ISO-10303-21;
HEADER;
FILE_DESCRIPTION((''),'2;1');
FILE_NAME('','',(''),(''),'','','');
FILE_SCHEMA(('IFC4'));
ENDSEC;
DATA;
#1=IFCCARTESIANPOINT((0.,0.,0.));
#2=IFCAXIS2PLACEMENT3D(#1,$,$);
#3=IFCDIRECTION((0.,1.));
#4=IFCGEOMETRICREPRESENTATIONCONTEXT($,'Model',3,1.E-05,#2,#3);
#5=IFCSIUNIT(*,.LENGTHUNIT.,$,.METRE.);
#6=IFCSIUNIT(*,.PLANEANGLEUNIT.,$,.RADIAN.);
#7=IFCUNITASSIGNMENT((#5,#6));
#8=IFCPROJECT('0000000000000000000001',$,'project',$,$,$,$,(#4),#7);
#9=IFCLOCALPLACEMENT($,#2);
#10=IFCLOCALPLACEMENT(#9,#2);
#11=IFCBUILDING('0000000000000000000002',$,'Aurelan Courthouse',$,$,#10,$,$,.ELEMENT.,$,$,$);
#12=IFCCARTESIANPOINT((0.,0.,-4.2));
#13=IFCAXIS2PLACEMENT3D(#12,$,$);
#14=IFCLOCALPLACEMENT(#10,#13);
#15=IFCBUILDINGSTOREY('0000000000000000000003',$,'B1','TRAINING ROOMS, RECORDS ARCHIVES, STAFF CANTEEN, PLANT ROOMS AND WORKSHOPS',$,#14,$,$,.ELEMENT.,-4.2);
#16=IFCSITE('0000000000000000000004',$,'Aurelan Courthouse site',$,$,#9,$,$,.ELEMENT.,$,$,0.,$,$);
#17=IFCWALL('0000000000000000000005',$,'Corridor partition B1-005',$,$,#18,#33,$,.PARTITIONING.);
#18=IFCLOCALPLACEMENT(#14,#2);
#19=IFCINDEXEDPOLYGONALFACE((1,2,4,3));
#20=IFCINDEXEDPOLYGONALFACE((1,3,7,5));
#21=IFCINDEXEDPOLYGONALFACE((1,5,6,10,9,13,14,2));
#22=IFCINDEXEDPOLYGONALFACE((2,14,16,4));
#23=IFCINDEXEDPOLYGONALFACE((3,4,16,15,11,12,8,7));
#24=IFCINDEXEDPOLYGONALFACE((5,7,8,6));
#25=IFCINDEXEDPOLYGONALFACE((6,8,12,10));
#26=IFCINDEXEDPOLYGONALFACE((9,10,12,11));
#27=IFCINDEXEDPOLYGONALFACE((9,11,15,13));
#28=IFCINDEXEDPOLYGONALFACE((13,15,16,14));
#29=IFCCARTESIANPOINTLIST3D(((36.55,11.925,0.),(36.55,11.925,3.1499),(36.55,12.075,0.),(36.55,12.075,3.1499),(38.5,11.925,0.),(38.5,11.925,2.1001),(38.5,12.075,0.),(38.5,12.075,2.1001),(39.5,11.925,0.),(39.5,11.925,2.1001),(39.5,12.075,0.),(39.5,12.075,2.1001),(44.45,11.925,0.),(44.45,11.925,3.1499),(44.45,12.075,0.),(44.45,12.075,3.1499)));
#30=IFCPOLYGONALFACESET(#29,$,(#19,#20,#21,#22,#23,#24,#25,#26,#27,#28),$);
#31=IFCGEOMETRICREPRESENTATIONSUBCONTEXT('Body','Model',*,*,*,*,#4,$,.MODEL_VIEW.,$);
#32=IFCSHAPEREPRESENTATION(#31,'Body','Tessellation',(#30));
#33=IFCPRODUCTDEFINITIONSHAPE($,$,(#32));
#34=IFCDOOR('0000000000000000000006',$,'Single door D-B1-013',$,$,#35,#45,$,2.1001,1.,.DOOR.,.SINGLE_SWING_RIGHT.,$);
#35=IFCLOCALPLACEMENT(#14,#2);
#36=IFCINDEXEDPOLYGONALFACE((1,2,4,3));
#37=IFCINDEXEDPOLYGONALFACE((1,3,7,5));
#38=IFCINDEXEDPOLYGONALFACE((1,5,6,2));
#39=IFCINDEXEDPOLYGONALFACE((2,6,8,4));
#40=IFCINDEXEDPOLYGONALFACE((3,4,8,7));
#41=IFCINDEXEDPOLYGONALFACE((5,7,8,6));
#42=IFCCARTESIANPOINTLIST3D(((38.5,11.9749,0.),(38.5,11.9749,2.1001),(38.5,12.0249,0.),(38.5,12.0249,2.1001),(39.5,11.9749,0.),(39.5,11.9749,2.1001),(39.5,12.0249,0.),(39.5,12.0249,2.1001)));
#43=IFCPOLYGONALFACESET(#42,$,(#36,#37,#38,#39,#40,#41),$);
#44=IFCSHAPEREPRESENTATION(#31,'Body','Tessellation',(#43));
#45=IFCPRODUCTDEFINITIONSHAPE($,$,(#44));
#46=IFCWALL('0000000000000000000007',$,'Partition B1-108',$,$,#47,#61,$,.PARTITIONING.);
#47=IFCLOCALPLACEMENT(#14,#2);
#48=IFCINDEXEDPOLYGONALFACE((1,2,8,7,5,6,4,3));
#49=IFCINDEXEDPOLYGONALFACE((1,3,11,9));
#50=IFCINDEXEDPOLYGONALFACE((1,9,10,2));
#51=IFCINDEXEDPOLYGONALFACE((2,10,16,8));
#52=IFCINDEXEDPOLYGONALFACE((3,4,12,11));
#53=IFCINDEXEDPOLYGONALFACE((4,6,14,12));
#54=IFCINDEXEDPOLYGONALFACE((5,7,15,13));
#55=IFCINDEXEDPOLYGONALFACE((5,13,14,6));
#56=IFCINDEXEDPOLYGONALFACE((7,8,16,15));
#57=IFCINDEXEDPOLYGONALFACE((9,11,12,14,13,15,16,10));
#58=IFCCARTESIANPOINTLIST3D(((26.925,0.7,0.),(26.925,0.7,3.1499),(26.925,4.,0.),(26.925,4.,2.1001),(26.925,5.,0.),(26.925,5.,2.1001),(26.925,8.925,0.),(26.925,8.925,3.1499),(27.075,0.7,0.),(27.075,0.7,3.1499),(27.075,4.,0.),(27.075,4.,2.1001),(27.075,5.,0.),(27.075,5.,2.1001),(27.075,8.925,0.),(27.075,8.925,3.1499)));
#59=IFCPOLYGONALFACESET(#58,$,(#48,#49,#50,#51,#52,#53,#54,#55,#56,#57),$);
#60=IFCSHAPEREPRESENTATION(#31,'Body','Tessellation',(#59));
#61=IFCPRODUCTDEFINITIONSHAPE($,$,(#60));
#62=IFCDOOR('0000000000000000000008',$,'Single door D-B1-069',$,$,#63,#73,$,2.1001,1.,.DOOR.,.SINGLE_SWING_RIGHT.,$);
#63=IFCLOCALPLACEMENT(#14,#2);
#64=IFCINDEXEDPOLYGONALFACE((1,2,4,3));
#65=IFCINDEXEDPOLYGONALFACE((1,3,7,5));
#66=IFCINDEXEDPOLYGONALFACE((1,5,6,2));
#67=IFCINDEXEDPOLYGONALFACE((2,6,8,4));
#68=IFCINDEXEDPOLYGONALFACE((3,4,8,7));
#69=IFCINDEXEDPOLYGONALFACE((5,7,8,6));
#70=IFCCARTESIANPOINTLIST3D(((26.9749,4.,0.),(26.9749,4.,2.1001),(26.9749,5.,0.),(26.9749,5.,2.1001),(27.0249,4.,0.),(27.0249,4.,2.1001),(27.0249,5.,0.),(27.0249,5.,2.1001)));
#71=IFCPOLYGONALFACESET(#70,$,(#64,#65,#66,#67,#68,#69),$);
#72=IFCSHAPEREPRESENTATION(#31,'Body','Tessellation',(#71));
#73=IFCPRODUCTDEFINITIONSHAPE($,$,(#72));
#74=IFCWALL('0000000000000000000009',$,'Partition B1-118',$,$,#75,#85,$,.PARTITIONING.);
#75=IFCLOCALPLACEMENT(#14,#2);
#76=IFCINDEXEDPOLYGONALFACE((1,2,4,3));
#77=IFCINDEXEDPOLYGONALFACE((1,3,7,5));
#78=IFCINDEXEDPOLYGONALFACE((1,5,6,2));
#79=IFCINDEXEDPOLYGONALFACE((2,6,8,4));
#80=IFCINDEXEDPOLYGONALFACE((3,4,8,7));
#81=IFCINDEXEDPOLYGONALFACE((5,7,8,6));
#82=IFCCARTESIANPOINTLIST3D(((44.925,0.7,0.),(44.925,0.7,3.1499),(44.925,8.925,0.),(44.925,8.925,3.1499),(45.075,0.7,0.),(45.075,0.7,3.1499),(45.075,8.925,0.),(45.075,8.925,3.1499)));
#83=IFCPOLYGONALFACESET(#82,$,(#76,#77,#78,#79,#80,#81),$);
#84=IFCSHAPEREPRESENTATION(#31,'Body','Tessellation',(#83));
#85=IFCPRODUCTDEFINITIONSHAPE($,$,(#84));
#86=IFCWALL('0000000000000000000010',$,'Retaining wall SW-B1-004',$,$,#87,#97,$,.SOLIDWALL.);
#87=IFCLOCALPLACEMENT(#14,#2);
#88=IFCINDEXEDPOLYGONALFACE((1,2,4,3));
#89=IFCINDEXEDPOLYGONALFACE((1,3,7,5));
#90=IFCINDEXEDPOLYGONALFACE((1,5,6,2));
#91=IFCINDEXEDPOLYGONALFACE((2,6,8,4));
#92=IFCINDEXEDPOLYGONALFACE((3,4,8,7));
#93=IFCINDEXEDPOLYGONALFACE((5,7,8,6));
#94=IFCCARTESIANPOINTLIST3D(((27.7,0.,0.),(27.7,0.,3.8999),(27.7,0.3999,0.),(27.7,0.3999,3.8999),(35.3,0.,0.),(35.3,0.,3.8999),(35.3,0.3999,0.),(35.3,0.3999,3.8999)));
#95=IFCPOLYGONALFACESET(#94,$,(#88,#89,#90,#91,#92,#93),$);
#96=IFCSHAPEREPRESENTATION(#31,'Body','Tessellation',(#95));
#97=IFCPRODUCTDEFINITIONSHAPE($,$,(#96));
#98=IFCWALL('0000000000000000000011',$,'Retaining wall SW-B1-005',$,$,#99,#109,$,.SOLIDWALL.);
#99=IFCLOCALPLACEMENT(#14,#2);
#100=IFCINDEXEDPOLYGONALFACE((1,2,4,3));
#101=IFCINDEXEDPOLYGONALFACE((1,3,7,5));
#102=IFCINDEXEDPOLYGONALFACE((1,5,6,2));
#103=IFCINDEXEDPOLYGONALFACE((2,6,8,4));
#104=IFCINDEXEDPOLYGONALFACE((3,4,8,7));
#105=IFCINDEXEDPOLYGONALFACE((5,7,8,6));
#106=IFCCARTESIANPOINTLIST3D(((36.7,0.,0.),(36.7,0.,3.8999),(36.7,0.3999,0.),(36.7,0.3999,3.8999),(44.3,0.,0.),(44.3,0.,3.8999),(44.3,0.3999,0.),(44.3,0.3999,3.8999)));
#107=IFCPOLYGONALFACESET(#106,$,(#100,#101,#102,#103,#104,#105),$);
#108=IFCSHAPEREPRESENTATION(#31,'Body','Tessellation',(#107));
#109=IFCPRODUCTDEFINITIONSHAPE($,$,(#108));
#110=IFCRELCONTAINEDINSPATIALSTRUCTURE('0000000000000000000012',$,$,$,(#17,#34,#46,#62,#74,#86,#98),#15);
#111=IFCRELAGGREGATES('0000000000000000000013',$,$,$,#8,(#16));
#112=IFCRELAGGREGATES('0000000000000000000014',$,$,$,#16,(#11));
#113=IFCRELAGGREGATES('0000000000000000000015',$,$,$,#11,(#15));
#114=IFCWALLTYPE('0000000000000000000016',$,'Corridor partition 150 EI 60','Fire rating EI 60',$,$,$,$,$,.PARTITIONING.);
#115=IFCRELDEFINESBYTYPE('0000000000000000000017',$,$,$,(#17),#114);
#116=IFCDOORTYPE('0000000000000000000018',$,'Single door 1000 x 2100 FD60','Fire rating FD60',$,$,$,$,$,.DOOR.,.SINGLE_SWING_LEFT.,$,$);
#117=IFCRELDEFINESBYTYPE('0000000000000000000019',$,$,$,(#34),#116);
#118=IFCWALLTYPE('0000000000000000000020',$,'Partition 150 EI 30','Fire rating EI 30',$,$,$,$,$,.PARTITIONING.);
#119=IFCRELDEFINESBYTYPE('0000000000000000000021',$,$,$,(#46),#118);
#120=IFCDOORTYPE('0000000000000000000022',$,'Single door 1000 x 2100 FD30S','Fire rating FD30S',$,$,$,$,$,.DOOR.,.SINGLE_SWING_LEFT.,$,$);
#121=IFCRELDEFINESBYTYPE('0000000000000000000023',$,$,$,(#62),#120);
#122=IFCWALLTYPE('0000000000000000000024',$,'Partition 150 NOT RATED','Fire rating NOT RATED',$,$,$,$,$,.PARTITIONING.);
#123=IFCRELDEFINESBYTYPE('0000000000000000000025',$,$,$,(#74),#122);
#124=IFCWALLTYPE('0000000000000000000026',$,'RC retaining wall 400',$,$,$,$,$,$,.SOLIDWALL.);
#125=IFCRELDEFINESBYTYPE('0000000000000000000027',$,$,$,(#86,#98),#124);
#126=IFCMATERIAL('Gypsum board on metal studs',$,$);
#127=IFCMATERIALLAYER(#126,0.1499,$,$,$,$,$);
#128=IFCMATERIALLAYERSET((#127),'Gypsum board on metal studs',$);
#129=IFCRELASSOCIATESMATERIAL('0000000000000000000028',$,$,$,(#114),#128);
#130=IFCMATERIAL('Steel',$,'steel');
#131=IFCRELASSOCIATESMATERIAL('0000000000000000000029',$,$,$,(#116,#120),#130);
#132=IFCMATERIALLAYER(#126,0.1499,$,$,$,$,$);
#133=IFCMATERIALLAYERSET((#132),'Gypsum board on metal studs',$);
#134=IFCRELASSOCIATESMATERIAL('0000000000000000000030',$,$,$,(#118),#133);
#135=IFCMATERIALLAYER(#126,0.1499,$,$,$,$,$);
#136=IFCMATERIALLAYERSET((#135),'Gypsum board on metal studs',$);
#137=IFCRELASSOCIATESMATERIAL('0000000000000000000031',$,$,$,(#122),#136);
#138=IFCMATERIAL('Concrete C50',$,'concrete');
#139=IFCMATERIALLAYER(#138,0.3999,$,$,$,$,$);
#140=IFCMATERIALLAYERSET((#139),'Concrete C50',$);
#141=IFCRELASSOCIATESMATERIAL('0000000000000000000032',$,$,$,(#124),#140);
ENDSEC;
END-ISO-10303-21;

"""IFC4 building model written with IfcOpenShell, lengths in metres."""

from ifc_helpers import new_model, si_unit, direction, frame, frame_2d, origin, place, context, subcontext, project, spatial, rectangle, extrude, material, layer, layer_set, type_object, element, fill, save


model = new_model("IFC4")

# Units and contexts
model_context = context("Model", 3, precision=1e-05, world=origin(), true_north=direction((0.0, 1.0)))
body_context = subcontext(model_context, "Body", "Model", "MODEL_VIEW")
ifc_project = project(units=[si_unit("LENGTHUNIT", "METRE"), si_unit("PLANEANGLEUNIT", "RADIAN")], contexts=[model_context])

# Site, building, storey
site_placement = place(None, origin())
site = spatial("IfcSite", under=ifc_project, at=site_placement, Name="Aurelan Courthouse site", CompositionType="ELEMENT", RefElevation=0.0)
building_placement = place(site_placement, origin())
building = spatial("IfcBuilding", under=site, at=building_placement, Name="Aurelan Courthouse", CompositionType="ELEMENT")
storey_placement = place(building_placement, frame((0.0, 0.0, -4.2)))
storey = spatial("IfcBuildingStorey", under=building, at=storey_placement, Name="B1", Description="TRAINING ROOMS, RECORDS ARCHIVES, STAFF CANTEEN, PLANT ROOMS AND WORKSHOPS", CompositionType="ELEMENT", Elevation=-4.2)

# Shared definitions
ifc_material_1 = material(Name="Concrete C50", Category="concrete")

# Walls, openings, doors
ifc_material_2 = material(Name="Gypsum board on metal studs")
ifc_layer_1 = layer(ifc_material_2, 0.1499)
ifc_layer_set_1 = layer_set([ifc_layer_1], Name="Gypsum board on metal studs")
wall_type_1 = type_object("IfcWallType", Name="Corridor partition 150 EI 60", Description="Fire rating EI 60", PredefinedType="PARTITIONING", material=ifc_layer_set_1)
ifc_material_3 = material(Name="Steel", Category="steel")
wall_1_placement = place(storey_placement, frame((36.55, 12.0, 0.0), z_axis=(0.0, 0.0, 1.0), x_axis=(1.0, 0.0, 0.0)))
wall_1 = element("IfcWall", 1, at=wall_1_placement, inside=storey, type_object=wall_type_1, Name="Corridor partition B1-005", PredefinedType="PARTITIONING", context=body_context, shape_type="SweptSolid", body=[
    extrude(rectangle(XDim=7.8999, YDim=0.1499, at=frame_2d((3.95, 0.0))), origin(), (0.0, 0.0, 1.0), 3.1499),
])
opening_1_placement = place(wall_1_placement, frame((1.95, 0.0, 0.0)))
opening_1 = element("IfcOpeningElement", 2, at=opening_1_placement, cuts=wall_1, PredefinedType="OPENING", context=body_context, shape_type="SweptSolid", body=[
    extrude(rectangle(XDim=1.0, YDim=2.1001, at=frame_2d((0.5, 1.05))), frame((0.0, 0.085, 0.0), z_axis=(0.0, -1.0, 0.0), x_axis=(1.0, 0.0, 0.0)), (0.0, 0.0, 1.0), 0.1699),
])
door_type_1 = type_object("IfcDoorType", Name="Single door 1000 x 2100 FD60", Description="Fire rating FD60", OperationType="SINGLE_SWING_LEFT", PredefinedType="DOOR", material=ifc_material_3)
door_1_placement = place(opening_1_placement, origin())
door_1 = element("IfcDoor", 3, at=door_1_placement, inside=storey, type_object=door_type_1, Name="Single door D-B1-013", OperationType="SINGLE_SWING_RIGHT", OverallHeight=2.1001, OverallWidth=1.0, PredefinedType="DOOR", context=body_context, shape_type="SweptSolid", body=[
    extrude(rectangle(XDim=1.0, YDim=2.1001, at=frame_2d((0.5, 1.05))), frame((0.0, 0.0249, 0.0), z_axis=(0.0, -1.0, 0.0), x_axis=(1.0, 0.0, 0.0)), (0.0, 0.0, 1.0), 0.05),
])
fill(opening_1, door_1)
ifc_layer_2 = layer(ifc_material_2, 0.1499)
ifc_layer_set_2 = layer_set([ifc_layer_2], Name="Gypsum board on metal studs")
wall_type_2 = type_object("IfcWallType", Name="Partition 150 EI 30", Description="Fire rating EI 30", PredefinedType="PARTITIONING", material=ifc_layer_set_2)
wall_2_placement = place(storey_placement, frame((27.0, 0.7, 0.0), z_axis=(0.0, 0.0, 1.0), x_axis=(0.0, 1.0, 0.0)))
wall_2 = element("IfcWall", 4, at=wall_2_placement, inside=storey, type_object=wall_type_2, Name="Partition B1-108", PredefinedType="PARTITIONING", context=body_context, shape_type="SweptSolid", body=[
    extrude(rectangle(XDim=8.2251, YDim=0.1499, at=frame_2d((4.1125, 0.0))), origin(), (0.0, 0.0, 1.0), 3.1499),
])
opening_2_placement = place(wall_2_placement, frame((4.3, 0.0, 0.0), z_axis=(0.0, 0.0, 1.0), x_axis=(-1.0, 0.0, 0.0)))
opening_2 = element("IfcOpeningElement", 5, at=opening_2_placement, cuts=wall_2, PredefinedType="OPENING", context=body_context, shape_type="SweptSolid", body=[
    extrude(rectangle(XDim=1.0, YDim=2.1001, at=frame_2d((0.5, 1.05))), frame((0.0, 0.085, 0.0), z_axis=(0.0, -1.0, 0.0), x_axis=(1.0, 0.0, 0.0)), (0.0, 0.0, 1.0), 0.1699),
])
door_type_2 = type_object("IfcDoorType", Name="Single door 1000 x 2100 FD30S", Description="Fire rating FD30S", OperationType="SINGLE_SWING_LEFT", PredefinedType="DOOR", material=ifc_material_3)
door_2_placement = place(opening_2_placement, origin())
door_2 = element("IfcDoor", 6, at=door_2_placement, inside=storey, type_object=door_type_2, Name="Single door D-B1-069", OperationType="SINGLE_SWING_RIGHT", OverallHeight=2.1001, OverallWidth=1.0, PredefinedType="DOOR", context=body_context, shape_type="SweptSolid", body=[
    extrude(rectangle(XDim=1.0, YDim=2.1001, at=frame_2d((0.5, 1.05))), frame((0.0, 0.0249, 0.0), z_axis=(0.0, -1.0, 0.0), x_axis=(1.0, 0.0, 0.0)), (0.0, 0.0, 1.0), 0.05),
])
fill(opening_2, door_2)

# Walls
ifc_layer_3 = layer(ifc_material_2, 0.1499)
ifc_layer_set_3 = layer_set([ifc_layer_3], Name="Gypsum board on metal studs")
wall_type_3 = type_object("IfcWallType", Name="Partition 150 NOT RATED", Description="Fire rating NOT RATED", PredefinedType="PARTITIONING", material=ifc_layer_set_3)
wall_3_placement = place(storey_placement, frame((45.0, 0.7, 0.0), z_axis=(0.0, 0.0, 1.0), x_axis=(0.0, 1.0, 0.0)))
element("IfcWall", 7, at=wall_3_placement, inside=storey, type_object=wall_type_3, Name="Partition B1-118", PredefinedType="PARTITIONING", context=body_context, shape_type="SweptSolid", body=[
    extrude(rectangle(XDim=8.2251, YDim=0.1499, at=frame_2d((4.1125, 0.0))), origin(), (0.0, 0.0, 1.0), 3.1499),
])
ifc_layer_4 = layer(ifc_material_1, 0.3999)
ifc_layer_set_4 = layer_set([ifc_layer_4], Name="Concrete C50")
wall_type_4 = type_object("IfcWallType", Name="RC retaining wall 400", PredefinedType="SOLIDWALL", material=ifc_layer_set_4)
for number, where, z_axis, x_axis, name in (
    (8, (27.7, 0.2, 0.0), (0.0, 0.0, 1.0), (1.0, 0.0, 0.0), "Retaining wall SW-B1-004"),
    (9, (36.7, 0.2, 0.0), (0.0, 0.0, 1.0), (1.0, 0.0, 0.0), "Retaining wall SW-B1-005"),
):
    element("IfcWall", number, at=place(storey_placement, frame(where, z_axis=z_axis, x_axis=x_axis)), inside=storey, type_object=wall_type_4, Name=name, PredefinedType="SOLIDWALL", context=body_context, shape_type="SweptSolid", body=[
        extrude(rectangle(XDim=7.6001, YDim=0.3999, at=frame_2d((3.8, 0.0))), origin(), (0.0, 0.0, 1.0), 3.8999),
    ])

save(model, "model.ifc")
